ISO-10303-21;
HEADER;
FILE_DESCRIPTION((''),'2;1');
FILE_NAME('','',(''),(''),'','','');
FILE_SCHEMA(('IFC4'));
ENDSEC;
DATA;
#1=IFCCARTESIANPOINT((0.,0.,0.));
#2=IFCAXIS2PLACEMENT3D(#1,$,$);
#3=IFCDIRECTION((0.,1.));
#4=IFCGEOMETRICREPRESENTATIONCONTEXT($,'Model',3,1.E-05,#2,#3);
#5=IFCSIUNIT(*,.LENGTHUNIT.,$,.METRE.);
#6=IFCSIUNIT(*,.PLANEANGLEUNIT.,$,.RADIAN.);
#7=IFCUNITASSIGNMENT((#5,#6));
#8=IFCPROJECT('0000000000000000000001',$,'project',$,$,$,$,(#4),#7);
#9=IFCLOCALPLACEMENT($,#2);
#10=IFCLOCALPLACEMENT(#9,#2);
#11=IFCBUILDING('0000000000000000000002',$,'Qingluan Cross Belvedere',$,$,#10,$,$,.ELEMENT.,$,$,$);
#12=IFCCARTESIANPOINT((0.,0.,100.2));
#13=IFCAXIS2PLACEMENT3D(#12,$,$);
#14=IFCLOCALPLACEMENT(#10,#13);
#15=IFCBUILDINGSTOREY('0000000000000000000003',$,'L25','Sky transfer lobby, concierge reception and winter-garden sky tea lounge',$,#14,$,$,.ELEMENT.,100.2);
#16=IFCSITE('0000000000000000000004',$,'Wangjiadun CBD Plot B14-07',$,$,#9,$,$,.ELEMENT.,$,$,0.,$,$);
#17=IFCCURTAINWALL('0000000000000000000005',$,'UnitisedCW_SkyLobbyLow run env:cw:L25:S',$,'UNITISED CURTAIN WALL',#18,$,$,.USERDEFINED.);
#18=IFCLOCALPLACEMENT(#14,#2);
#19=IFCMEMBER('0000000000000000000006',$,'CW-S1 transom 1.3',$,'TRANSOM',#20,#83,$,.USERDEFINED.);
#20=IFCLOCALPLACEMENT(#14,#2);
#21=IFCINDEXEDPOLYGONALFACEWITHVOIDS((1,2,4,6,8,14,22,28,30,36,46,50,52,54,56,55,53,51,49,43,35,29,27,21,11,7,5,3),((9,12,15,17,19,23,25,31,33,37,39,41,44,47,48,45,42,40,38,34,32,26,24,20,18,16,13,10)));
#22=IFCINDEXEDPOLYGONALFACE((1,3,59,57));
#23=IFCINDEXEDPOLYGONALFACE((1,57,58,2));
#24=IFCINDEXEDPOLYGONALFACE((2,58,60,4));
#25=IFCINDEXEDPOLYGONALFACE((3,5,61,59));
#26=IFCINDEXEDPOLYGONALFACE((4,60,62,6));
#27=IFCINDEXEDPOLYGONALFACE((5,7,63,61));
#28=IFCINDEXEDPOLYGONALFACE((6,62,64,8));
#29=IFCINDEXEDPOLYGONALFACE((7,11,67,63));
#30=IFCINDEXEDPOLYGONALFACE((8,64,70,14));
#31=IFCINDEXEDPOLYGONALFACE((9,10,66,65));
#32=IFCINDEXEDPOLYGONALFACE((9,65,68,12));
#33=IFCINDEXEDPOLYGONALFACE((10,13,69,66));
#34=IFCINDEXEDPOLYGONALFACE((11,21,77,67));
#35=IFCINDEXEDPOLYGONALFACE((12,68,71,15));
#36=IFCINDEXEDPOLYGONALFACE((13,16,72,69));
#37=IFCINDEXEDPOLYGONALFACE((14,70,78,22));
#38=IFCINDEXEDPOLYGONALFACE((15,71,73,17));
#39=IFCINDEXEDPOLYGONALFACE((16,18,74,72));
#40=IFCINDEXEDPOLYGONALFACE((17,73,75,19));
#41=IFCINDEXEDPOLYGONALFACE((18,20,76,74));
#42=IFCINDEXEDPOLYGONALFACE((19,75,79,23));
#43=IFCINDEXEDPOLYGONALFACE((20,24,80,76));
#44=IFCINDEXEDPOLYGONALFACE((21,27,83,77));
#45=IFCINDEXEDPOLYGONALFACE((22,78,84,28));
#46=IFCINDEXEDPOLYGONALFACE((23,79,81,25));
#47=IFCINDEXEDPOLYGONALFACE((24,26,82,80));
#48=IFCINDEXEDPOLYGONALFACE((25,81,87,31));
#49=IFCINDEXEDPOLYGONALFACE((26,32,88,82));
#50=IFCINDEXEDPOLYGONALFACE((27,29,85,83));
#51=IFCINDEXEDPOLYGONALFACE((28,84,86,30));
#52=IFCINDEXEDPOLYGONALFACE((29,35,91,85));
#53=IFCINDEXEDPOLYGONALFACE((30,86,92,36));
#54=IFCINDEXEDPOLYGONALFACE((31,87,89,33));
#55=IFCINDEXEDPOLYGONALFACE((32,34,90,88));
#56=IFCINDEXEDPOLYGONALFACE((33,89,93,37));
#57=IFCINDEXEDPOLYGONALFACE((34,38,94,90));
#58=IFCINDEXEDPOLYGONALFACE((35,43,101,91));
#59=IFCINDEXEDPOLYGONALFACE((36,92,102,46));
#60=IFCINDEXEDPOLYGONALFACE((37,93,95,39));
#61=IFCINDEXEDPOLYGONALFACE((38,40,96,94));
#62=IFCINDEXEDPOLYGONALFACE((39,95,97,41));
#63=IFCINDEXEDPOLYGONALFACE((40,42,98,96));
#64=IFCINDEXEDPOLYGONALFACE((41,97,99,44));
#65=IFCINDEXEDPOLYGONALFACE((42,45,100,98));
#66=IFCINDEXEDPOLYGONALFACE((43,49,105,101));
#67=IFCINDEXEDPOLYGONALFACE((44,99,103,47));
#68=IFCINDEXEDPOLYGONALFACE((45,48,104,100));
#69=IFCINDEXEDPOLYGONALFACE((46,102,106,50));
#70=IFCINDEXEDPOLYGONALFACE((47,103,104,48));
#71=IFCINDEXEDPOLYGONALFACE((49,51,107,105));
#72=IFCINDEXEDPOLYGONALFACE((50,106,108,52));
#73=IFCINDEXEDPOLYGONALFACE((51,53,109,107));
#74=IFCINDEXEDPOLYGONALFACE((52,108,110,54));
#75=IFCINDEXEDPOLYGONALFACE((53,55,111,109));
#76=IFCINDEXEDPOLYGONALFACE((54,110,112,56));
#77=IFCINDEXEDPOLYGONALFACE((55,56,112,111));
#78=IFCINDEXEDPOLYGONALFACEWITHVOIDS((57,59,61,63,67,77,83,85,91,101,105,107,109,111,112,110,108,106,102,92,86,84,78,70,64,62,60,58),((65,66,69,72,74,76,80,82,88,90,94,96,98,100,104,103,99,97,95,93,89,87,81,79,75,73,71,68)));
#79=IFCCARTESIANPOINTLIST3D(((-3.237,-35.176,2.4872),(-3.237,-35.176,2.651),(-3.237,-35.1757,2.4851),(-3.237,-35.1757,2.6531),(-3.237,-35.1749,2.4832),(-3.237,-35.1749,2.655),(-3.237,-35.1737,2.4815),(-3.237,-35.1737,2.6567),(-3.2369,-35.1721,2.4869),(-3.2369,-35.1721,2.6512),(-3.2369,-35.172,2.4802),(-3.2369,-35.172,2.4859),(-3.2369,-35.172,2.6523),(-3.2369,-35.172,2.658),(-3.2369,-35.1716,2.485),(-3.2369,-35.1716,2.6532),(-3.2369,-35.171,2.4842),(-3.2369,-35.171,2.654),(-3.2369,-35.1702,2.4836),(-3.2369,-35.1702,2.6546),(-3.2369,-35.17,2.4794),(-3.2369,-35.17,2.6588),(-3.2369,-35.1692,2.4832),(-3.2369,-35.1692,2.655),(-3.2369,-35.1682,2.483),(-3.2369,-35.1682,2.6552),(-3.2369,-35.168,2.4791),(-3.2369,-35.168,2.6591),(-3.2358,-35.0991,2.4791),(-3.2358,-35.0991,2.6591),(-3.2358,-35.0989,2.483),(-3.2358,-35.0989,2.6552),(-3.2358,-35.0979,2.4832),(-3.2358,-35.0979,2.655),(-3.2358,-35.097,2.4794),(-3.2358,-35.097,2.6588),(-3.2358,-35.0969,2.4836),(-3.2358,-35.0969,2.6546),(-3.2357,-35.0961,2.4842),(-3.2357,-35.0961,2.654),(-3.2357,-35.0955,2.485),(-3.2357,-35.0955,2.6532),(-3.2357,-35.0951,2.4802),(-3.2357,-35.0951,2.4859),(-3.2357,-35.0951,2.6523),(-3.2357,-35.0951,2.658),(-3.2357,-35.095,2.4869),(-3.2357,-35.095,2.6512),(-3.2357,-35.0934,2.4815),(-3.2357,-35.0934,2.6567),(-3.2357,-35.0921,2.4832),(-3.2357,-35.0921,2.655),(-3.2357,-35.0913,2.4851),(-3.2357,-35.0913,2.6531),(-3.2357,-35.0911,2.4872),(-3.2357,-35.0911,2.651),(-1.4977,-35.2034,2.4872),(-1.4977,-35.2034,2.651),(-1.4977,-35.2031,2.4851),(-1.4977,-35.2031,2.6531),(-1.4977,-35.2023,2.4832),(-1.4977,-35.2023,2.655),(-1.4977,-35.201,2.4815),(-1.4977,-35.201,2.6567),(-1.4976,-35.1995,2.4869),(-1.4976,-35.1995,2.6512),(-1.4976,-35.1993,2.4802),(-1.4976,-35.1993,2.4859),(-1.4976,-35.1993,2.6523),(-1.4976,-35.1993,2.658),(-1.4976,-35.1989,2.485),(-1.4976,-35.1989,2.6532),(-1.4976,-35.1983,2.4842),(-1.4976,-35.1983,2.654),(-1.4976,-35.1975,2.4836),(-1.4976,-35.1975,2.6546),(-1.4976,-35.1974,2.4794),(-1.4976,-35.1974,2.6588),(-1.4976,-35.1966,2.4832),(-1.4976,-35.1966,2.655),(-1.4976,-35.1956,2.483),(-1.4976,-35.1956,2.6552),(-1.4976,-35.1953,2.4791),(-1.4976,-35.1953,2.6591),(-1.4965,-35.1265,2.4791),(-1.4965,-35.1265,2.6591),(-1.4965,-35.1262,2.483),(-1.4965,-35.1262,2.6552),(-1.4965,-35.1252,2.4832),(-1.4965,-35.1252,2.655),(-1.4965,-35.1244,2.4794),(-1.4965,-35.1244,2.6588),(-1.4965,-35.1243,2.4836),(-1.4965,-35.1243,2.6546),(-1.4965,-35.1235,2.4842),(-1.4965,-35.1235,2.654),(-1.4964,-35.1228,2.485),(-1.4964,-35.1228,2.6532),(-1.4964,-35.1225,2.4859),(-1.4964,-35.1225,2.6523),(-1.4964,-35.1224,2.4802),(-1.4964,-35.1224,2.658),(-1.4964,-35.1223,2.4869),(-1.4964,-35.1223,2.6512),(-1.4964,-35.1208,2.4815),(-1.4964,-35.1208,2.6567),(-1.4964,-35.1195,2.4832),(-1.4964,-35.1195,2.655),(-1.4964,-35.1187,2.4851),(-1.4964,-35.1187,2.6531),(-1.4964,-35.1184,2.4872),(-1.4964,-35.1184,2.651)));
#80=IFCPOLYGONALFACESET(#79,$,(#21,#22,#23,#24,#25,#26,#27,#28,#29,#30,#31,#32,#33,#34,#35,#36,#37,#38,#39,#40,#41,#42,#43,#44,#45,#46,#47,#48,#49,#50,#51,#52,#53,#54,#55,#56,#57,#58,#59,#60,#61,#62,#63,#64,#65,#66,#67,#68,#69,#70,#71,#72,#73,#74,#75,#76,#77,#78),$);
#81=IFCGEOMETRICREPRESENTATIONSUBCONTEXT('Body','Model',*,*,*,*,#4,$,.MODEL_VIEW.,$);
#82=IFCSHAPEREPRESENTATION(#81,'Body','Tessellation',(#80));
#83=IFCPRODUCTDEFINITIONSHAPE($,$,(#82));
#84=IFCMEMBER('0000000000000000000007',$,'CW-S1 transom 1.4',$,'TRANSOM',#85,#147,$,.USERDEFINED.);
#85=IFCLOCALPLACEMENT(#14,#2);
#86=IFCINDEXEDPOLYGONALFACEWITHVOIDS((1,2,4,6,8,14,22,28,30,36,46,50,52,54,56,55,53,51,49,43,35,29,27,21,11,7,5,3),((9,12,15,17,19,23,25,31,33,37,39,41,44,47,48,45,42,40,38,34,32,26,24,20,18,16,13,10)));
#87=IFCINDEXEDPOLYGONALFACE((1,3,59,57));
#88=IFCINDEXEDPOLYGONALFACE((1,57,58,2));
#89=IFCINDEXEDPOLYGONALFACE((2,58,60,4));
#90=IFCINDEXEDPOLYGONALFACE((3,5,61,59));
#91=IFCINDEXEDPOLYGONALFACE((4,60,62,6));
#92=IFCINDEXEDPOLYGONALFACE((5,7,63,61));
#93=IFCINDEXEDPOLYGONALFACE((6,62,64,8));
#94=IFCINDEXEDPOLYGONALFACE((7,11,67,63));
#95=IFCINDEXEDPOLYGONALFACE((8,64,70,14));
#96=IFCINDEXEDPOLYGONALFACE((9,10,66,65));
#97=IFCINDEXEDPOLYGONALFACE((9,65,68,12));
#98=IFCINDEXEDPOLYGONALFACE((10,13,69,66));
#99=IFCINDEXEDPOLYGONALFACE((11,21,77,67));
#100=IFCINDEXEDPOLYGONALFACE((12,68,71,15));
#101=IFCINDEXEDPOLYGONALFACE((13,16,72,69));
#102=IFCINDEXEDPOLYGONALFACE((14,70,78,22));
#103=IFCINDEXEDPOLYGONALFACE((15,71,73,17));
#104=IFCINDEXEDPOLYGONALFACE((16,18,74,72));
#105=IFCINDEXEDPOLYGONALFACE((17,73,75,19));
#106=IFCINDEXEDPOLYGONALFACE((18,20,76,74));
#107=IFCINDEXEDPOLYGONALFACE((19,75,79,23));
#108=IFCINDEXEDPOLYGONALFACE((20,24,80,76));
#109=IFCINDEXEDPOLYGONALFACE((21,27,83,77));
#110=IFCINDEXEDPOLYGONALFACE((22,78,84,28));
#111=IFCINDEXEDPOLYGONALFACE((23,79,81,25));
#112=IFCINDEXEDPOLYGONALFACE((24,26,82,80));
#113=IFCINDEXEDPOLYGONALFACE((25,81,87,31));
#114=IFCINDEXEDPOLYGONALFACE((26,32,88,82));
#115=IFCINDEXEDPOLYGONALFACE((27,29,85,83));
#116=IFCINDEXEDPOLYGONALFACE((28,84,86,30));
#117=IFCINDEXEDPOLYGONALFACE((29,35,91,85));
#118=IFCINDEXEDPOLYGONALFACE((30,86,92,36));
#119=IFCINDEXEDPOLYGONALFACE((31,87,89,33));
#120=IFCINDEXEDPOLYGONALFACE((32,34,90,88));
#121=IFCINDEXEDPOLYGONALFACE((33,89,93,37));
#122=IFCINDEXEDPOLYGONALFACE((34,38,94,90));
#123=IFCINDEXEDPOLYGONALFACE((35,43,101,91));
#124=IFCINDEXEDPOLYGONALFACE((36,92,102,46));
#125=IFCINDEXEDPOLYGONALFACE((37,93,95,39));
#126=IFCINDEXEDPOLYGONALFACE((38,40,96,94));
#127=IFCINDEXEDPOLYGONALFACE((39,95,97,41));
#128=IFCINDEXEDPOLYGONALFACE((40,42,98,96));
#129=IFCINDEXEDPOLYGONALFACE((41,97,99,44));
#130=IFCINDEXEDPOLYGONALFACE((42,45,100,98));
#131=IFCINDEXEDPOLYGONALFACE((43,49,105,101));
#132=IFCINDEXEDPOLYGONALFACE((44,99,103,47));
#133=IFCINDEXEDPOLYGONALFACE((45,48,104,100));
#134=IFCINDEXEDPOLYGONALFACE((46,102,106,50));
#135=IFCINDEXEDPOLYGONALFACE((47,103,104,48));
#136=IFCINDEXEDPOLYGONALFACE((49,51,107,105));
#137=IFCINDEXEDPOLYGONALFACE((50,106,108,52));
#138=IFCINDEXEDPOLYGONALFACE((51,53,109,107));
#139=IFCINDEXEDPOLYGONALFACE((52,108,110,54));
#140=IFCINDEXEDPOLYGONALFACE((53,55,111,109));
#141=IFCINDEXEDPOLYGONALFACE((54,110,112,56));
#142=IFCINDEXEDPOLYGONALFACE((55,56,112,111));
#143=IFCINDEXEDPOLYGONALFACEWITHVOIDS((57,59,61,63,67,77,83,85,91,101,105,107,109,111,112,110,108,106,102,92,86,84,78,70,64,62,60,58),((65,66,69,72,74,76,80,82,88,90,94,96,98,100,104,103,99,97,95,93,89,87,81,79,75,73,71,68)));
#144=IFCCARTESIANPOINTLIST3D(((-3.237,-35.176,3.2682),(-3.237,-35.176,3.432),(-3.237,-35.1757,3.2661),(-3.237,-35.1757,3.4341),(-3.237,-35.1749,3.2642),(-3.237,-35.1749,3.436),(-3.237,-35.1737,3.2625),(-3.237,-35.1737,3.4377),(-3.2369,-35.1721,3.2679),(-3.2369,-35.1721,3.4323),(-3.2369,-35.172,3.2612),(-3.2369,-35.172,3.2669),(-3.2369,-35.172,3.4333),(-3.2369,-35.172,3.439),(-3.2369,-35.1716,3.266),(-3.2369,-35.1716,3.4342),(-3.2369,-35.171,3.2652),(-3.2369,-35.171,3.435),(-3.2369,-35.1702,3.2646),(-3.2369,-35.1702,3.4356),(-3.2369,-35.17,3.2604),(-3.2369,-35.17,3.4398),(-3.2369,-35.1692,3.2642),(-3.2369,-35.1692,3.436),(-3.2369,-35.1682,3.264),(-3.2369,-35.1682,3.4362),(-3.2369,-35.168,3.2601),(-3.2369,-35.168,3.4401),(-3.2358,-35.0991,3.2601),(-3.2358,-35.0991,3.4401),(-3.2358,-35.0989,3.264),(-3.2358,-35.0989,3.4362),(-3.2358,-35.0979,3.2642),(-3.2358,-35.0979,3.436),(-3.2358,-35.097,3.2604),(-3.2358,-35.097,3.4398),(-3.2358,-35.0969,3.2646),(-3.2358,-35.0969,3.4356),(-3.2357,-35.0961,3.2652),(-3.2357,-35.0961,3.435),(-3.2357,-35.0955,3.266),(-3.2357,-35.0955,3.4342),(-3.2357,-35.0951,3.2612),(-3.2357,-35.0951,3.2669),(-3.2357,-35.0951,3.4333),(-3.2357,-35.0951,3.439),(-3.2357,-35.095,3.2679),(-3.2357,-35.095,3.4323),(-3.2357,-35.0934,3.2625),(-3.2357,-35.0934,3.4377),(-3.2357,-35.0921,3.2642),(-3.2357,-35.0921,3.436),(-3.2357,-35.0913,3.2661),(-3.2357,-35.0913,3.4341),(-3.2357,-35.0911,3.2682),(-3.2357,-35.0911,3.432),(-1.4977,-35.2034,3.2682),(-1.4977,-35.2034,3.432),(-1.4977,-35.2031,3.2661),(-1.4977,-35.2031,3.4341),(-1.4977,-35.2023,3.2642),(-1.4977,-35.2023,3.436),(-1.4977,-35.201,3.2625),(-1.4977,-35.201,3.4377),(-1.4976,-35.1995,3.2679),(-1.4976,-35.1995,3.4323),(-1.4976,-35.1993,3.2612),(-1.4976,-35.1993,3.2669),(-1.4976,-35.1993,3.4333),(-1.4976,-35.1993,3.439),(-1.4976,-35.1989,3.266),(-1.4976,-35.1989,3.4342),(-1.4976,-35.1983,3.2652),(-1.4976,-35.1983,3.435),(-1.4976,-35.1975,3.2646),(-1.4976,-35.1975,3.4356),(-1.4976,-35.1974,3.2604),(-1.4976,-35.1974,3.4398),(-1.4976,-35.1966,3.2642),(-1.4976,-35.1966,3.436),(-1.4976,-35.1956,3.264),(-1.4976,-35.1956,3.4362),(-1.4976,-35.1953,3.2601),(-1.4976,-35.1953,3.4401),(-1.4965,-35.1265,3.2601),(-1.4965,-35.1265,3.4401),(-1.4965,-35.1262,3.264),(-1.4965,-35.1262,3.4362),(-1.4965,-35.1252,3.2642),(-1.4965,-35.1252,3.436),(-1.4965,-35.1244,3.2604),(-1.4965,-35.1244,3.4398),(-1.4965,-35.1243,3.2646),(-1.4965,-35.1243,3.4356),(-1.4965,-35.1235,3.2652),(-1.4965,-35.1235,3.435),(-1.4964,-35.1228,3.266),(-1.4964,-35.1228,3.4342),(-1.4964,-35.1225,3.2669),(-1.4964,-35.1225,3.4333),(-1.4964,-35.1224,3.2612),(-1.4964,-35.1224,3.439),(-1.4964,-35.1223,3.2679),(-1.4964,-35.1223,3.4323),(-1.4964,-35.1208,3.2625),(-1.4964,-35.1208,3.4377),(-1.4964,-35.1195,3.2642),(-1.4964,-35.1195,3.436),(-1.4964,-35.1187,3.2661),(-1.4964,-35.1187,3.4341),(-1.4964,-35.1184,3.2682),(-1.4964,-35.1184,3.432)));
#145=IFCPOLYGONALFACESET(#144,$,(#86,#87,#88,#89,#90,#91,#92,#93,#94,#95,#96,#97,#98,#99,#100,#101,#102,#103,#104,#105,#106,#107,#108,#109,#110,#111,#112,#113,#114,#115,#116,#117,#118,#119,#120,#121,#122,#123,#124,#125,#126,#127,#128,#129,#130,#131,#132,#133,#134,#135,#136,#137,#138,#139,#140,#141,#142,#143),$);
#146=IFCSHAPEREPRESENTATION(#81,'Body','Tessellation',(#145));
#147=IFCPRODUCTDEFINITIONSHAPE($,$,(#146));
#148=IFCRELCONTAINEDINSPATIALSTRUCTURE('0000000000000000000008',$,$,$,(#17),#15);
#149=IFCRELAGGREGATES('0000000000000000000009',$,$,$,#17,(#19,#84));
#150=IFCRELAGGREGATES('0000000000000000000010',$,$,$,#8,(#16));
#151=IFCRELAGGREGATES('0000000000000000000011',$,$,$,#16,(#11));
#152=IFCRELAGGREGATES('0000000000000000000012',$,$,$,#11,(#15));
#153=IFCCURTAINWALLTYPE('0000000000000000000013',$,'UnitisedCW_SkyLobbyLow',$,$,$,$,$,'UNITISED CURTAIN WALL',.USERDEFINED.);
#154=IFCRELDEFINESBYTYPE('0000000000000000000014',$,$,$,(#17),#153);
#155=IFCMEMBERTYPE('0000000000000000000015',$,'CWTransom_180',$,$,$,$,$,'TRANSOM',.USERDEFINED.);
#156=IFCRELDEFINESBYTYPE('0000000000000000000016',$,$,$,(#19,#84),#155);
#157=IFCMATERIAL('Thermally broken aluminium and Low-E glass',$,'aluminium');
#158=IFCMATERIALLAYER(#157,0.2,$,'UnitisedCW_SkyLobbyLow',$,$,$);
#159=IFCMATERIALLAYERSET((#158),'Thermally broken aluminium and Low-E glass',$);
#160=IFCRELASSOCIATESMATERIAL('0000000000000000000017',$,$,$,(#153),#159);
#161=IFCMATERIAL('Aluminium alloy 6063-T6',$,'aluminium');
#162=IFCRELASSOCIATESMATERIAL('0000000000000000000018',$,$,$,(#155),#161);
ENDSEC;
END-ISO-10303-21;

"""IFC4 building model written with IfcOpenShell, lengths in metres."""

from ifc_helpers import new_model, si_unit, direction, frame, origin, origin_2d, place, context, subcontext, project, spatial, hollow_rectangle, extrude, material, layer, layer_set, material_profile, profile_set, type_object, element, aggregate, save


model = new_model("IFC4")

# Units and contexts
model_context = context("Model", 3, precision=1e-05, world=origin(), true_north=direction((0.0, 1.0)))
body_context = subcontext(model_context, "Body", "Model", "MODEL_VIEW")
ifc_project = project(units=[si_unit("LENGTHUNIT", "METRE"), si_unit("PLANEANGLEUNIT", "RADIAN")], contexts=[model_context])

# Site, building, storey
site_placement = place(None, origin())
site = spatial("IfcSite", under=ifc_project, at=site_placement, Name="Wangjiadun CBD Plot B14-07", CompositionType="ELEMENT", RefElevation=0.0)
building_placement = place(site_placement, origin())
building = spatial("IfcBuilding", under=site, at=building_placement, Name="Qingluan Cross Belvedere", CompositionType="ELEMENT")
storey_placement = place(building_placement, frame((0.0, 0.0, 100.2)))
storey = spatial("IfcBuildingStorey", under=building, at=storey_placement, Name="L25", Description="Sky transfer lobby, concierge reception and winter-garden sky tea lounge", CompositionType="ELEMENT", Elevation=100.2)

# Curtain wall, members
ifc_material_1 = material(Name="Thermally broken aluminium and Low-E glass", Category="aluminium")
ifc_layer_1 = layer(ifc_material_1, 0.2, Name="UnitisedCW_SkyLobbyLow")
ifc_layer_set_1 = layer_set([ifc_layer_1], Name="Thermally broken aluminium and Low-E glass")
curtain_wall_type = type_object("IfcCurtainWallType", Name="UnitisedCW_SkyLobbyLow", ElementType="UNITISED CURTAIN WALL", PredefinedType="USERDEFINED", material=ifc_layer_set_1)
curtain_wall_placement = place(storey_placement, origin())
curtain_wall = element("IfcCurtainWall", 1, at=curtain_wall_placement, inside=storey, type_object=curtain_wall_type, Name="UnitisedCW_SkyLobbyLow run env:cw:L25:S", ObjectType="UNITISED CURTAIN WALL", PredefinedType="USERDEFINED")
ifc_material_2 = material(Name="Aluminium alloy 6063-T6", Category="aluminium")
ifc_material_profile_1 = material_profile(ifc_material_2, hollow_rectangle(XDim=0.085, YDim=0.1799, WallThickness=0.0039, InnerFilletRadius=0.0039, OuterFilletRadius=0.0081, at=origin_2d()), Name="CWT180x85x4")
ifc_profile_set_1 = profile_set([ifc_material_profile_1], Name="Aluminium alloy 6063-T6")
member_type_1 = type_object("IfcMemberType", Name="CWTransom_180", ElementType="TRANSOM", PredefinedType="USERDEFINED", material=ifc_profile_set_1)
member_1_placement = place(storey_placement, frame((-3.2363, -35.1335, 2.5691), z_axis=(0.999876, -0.01572, 0.0), x_axis=(0.01572, 0.999876, 0.0)))
member_1 = element("IfcMember", 2, at=member_1_placement, type_object=member_type_1, Name="CW-S1 transom 1.3", ObjectType="TRANSOM", PredefinedType="USERDEFINED", context=body_context, shape_type="SweptSolid", body=[
    extrude(hollow_rectangle(XDim=0.085, YDim=0.1799, WallThickness=0.0039, InnerFilletRadius=0.0039, OuterFilletRadius=0.0081, at=origin_2d()), origin(), (0.0, 0.0, 1.0), 1.7395),
])
member_2_placement = place(storey_placement, frame((-3.2363, -35.1335, 3.3501), z_axis=(0.999876, -0.01572, 0.0), x_axis=(0.01572, 0.999876, 0.0)))
member_2 = element("IfcMember", 3, at=member_2_placement, type_object=member_type_1, Name="CW-S1 transom 1.4", ObjectType="TRANSOM", PredefinedType="USERDEFINED", context=body_context, shape_type="SweptSolid", body=[
    extrude(hollow_rectangle(XDim=0.085, YDim=0.1799, WallThickness=0.0039, InnerFilletRadius=0.0039, OuterFilletRadius=0.0081, at=origin_2d()), origin(), (0.0, 0.0, 1.0), 1.7395),
])

aggregate(curtain_wall, [member_1, member_2])

save(model, "model.ifc")
